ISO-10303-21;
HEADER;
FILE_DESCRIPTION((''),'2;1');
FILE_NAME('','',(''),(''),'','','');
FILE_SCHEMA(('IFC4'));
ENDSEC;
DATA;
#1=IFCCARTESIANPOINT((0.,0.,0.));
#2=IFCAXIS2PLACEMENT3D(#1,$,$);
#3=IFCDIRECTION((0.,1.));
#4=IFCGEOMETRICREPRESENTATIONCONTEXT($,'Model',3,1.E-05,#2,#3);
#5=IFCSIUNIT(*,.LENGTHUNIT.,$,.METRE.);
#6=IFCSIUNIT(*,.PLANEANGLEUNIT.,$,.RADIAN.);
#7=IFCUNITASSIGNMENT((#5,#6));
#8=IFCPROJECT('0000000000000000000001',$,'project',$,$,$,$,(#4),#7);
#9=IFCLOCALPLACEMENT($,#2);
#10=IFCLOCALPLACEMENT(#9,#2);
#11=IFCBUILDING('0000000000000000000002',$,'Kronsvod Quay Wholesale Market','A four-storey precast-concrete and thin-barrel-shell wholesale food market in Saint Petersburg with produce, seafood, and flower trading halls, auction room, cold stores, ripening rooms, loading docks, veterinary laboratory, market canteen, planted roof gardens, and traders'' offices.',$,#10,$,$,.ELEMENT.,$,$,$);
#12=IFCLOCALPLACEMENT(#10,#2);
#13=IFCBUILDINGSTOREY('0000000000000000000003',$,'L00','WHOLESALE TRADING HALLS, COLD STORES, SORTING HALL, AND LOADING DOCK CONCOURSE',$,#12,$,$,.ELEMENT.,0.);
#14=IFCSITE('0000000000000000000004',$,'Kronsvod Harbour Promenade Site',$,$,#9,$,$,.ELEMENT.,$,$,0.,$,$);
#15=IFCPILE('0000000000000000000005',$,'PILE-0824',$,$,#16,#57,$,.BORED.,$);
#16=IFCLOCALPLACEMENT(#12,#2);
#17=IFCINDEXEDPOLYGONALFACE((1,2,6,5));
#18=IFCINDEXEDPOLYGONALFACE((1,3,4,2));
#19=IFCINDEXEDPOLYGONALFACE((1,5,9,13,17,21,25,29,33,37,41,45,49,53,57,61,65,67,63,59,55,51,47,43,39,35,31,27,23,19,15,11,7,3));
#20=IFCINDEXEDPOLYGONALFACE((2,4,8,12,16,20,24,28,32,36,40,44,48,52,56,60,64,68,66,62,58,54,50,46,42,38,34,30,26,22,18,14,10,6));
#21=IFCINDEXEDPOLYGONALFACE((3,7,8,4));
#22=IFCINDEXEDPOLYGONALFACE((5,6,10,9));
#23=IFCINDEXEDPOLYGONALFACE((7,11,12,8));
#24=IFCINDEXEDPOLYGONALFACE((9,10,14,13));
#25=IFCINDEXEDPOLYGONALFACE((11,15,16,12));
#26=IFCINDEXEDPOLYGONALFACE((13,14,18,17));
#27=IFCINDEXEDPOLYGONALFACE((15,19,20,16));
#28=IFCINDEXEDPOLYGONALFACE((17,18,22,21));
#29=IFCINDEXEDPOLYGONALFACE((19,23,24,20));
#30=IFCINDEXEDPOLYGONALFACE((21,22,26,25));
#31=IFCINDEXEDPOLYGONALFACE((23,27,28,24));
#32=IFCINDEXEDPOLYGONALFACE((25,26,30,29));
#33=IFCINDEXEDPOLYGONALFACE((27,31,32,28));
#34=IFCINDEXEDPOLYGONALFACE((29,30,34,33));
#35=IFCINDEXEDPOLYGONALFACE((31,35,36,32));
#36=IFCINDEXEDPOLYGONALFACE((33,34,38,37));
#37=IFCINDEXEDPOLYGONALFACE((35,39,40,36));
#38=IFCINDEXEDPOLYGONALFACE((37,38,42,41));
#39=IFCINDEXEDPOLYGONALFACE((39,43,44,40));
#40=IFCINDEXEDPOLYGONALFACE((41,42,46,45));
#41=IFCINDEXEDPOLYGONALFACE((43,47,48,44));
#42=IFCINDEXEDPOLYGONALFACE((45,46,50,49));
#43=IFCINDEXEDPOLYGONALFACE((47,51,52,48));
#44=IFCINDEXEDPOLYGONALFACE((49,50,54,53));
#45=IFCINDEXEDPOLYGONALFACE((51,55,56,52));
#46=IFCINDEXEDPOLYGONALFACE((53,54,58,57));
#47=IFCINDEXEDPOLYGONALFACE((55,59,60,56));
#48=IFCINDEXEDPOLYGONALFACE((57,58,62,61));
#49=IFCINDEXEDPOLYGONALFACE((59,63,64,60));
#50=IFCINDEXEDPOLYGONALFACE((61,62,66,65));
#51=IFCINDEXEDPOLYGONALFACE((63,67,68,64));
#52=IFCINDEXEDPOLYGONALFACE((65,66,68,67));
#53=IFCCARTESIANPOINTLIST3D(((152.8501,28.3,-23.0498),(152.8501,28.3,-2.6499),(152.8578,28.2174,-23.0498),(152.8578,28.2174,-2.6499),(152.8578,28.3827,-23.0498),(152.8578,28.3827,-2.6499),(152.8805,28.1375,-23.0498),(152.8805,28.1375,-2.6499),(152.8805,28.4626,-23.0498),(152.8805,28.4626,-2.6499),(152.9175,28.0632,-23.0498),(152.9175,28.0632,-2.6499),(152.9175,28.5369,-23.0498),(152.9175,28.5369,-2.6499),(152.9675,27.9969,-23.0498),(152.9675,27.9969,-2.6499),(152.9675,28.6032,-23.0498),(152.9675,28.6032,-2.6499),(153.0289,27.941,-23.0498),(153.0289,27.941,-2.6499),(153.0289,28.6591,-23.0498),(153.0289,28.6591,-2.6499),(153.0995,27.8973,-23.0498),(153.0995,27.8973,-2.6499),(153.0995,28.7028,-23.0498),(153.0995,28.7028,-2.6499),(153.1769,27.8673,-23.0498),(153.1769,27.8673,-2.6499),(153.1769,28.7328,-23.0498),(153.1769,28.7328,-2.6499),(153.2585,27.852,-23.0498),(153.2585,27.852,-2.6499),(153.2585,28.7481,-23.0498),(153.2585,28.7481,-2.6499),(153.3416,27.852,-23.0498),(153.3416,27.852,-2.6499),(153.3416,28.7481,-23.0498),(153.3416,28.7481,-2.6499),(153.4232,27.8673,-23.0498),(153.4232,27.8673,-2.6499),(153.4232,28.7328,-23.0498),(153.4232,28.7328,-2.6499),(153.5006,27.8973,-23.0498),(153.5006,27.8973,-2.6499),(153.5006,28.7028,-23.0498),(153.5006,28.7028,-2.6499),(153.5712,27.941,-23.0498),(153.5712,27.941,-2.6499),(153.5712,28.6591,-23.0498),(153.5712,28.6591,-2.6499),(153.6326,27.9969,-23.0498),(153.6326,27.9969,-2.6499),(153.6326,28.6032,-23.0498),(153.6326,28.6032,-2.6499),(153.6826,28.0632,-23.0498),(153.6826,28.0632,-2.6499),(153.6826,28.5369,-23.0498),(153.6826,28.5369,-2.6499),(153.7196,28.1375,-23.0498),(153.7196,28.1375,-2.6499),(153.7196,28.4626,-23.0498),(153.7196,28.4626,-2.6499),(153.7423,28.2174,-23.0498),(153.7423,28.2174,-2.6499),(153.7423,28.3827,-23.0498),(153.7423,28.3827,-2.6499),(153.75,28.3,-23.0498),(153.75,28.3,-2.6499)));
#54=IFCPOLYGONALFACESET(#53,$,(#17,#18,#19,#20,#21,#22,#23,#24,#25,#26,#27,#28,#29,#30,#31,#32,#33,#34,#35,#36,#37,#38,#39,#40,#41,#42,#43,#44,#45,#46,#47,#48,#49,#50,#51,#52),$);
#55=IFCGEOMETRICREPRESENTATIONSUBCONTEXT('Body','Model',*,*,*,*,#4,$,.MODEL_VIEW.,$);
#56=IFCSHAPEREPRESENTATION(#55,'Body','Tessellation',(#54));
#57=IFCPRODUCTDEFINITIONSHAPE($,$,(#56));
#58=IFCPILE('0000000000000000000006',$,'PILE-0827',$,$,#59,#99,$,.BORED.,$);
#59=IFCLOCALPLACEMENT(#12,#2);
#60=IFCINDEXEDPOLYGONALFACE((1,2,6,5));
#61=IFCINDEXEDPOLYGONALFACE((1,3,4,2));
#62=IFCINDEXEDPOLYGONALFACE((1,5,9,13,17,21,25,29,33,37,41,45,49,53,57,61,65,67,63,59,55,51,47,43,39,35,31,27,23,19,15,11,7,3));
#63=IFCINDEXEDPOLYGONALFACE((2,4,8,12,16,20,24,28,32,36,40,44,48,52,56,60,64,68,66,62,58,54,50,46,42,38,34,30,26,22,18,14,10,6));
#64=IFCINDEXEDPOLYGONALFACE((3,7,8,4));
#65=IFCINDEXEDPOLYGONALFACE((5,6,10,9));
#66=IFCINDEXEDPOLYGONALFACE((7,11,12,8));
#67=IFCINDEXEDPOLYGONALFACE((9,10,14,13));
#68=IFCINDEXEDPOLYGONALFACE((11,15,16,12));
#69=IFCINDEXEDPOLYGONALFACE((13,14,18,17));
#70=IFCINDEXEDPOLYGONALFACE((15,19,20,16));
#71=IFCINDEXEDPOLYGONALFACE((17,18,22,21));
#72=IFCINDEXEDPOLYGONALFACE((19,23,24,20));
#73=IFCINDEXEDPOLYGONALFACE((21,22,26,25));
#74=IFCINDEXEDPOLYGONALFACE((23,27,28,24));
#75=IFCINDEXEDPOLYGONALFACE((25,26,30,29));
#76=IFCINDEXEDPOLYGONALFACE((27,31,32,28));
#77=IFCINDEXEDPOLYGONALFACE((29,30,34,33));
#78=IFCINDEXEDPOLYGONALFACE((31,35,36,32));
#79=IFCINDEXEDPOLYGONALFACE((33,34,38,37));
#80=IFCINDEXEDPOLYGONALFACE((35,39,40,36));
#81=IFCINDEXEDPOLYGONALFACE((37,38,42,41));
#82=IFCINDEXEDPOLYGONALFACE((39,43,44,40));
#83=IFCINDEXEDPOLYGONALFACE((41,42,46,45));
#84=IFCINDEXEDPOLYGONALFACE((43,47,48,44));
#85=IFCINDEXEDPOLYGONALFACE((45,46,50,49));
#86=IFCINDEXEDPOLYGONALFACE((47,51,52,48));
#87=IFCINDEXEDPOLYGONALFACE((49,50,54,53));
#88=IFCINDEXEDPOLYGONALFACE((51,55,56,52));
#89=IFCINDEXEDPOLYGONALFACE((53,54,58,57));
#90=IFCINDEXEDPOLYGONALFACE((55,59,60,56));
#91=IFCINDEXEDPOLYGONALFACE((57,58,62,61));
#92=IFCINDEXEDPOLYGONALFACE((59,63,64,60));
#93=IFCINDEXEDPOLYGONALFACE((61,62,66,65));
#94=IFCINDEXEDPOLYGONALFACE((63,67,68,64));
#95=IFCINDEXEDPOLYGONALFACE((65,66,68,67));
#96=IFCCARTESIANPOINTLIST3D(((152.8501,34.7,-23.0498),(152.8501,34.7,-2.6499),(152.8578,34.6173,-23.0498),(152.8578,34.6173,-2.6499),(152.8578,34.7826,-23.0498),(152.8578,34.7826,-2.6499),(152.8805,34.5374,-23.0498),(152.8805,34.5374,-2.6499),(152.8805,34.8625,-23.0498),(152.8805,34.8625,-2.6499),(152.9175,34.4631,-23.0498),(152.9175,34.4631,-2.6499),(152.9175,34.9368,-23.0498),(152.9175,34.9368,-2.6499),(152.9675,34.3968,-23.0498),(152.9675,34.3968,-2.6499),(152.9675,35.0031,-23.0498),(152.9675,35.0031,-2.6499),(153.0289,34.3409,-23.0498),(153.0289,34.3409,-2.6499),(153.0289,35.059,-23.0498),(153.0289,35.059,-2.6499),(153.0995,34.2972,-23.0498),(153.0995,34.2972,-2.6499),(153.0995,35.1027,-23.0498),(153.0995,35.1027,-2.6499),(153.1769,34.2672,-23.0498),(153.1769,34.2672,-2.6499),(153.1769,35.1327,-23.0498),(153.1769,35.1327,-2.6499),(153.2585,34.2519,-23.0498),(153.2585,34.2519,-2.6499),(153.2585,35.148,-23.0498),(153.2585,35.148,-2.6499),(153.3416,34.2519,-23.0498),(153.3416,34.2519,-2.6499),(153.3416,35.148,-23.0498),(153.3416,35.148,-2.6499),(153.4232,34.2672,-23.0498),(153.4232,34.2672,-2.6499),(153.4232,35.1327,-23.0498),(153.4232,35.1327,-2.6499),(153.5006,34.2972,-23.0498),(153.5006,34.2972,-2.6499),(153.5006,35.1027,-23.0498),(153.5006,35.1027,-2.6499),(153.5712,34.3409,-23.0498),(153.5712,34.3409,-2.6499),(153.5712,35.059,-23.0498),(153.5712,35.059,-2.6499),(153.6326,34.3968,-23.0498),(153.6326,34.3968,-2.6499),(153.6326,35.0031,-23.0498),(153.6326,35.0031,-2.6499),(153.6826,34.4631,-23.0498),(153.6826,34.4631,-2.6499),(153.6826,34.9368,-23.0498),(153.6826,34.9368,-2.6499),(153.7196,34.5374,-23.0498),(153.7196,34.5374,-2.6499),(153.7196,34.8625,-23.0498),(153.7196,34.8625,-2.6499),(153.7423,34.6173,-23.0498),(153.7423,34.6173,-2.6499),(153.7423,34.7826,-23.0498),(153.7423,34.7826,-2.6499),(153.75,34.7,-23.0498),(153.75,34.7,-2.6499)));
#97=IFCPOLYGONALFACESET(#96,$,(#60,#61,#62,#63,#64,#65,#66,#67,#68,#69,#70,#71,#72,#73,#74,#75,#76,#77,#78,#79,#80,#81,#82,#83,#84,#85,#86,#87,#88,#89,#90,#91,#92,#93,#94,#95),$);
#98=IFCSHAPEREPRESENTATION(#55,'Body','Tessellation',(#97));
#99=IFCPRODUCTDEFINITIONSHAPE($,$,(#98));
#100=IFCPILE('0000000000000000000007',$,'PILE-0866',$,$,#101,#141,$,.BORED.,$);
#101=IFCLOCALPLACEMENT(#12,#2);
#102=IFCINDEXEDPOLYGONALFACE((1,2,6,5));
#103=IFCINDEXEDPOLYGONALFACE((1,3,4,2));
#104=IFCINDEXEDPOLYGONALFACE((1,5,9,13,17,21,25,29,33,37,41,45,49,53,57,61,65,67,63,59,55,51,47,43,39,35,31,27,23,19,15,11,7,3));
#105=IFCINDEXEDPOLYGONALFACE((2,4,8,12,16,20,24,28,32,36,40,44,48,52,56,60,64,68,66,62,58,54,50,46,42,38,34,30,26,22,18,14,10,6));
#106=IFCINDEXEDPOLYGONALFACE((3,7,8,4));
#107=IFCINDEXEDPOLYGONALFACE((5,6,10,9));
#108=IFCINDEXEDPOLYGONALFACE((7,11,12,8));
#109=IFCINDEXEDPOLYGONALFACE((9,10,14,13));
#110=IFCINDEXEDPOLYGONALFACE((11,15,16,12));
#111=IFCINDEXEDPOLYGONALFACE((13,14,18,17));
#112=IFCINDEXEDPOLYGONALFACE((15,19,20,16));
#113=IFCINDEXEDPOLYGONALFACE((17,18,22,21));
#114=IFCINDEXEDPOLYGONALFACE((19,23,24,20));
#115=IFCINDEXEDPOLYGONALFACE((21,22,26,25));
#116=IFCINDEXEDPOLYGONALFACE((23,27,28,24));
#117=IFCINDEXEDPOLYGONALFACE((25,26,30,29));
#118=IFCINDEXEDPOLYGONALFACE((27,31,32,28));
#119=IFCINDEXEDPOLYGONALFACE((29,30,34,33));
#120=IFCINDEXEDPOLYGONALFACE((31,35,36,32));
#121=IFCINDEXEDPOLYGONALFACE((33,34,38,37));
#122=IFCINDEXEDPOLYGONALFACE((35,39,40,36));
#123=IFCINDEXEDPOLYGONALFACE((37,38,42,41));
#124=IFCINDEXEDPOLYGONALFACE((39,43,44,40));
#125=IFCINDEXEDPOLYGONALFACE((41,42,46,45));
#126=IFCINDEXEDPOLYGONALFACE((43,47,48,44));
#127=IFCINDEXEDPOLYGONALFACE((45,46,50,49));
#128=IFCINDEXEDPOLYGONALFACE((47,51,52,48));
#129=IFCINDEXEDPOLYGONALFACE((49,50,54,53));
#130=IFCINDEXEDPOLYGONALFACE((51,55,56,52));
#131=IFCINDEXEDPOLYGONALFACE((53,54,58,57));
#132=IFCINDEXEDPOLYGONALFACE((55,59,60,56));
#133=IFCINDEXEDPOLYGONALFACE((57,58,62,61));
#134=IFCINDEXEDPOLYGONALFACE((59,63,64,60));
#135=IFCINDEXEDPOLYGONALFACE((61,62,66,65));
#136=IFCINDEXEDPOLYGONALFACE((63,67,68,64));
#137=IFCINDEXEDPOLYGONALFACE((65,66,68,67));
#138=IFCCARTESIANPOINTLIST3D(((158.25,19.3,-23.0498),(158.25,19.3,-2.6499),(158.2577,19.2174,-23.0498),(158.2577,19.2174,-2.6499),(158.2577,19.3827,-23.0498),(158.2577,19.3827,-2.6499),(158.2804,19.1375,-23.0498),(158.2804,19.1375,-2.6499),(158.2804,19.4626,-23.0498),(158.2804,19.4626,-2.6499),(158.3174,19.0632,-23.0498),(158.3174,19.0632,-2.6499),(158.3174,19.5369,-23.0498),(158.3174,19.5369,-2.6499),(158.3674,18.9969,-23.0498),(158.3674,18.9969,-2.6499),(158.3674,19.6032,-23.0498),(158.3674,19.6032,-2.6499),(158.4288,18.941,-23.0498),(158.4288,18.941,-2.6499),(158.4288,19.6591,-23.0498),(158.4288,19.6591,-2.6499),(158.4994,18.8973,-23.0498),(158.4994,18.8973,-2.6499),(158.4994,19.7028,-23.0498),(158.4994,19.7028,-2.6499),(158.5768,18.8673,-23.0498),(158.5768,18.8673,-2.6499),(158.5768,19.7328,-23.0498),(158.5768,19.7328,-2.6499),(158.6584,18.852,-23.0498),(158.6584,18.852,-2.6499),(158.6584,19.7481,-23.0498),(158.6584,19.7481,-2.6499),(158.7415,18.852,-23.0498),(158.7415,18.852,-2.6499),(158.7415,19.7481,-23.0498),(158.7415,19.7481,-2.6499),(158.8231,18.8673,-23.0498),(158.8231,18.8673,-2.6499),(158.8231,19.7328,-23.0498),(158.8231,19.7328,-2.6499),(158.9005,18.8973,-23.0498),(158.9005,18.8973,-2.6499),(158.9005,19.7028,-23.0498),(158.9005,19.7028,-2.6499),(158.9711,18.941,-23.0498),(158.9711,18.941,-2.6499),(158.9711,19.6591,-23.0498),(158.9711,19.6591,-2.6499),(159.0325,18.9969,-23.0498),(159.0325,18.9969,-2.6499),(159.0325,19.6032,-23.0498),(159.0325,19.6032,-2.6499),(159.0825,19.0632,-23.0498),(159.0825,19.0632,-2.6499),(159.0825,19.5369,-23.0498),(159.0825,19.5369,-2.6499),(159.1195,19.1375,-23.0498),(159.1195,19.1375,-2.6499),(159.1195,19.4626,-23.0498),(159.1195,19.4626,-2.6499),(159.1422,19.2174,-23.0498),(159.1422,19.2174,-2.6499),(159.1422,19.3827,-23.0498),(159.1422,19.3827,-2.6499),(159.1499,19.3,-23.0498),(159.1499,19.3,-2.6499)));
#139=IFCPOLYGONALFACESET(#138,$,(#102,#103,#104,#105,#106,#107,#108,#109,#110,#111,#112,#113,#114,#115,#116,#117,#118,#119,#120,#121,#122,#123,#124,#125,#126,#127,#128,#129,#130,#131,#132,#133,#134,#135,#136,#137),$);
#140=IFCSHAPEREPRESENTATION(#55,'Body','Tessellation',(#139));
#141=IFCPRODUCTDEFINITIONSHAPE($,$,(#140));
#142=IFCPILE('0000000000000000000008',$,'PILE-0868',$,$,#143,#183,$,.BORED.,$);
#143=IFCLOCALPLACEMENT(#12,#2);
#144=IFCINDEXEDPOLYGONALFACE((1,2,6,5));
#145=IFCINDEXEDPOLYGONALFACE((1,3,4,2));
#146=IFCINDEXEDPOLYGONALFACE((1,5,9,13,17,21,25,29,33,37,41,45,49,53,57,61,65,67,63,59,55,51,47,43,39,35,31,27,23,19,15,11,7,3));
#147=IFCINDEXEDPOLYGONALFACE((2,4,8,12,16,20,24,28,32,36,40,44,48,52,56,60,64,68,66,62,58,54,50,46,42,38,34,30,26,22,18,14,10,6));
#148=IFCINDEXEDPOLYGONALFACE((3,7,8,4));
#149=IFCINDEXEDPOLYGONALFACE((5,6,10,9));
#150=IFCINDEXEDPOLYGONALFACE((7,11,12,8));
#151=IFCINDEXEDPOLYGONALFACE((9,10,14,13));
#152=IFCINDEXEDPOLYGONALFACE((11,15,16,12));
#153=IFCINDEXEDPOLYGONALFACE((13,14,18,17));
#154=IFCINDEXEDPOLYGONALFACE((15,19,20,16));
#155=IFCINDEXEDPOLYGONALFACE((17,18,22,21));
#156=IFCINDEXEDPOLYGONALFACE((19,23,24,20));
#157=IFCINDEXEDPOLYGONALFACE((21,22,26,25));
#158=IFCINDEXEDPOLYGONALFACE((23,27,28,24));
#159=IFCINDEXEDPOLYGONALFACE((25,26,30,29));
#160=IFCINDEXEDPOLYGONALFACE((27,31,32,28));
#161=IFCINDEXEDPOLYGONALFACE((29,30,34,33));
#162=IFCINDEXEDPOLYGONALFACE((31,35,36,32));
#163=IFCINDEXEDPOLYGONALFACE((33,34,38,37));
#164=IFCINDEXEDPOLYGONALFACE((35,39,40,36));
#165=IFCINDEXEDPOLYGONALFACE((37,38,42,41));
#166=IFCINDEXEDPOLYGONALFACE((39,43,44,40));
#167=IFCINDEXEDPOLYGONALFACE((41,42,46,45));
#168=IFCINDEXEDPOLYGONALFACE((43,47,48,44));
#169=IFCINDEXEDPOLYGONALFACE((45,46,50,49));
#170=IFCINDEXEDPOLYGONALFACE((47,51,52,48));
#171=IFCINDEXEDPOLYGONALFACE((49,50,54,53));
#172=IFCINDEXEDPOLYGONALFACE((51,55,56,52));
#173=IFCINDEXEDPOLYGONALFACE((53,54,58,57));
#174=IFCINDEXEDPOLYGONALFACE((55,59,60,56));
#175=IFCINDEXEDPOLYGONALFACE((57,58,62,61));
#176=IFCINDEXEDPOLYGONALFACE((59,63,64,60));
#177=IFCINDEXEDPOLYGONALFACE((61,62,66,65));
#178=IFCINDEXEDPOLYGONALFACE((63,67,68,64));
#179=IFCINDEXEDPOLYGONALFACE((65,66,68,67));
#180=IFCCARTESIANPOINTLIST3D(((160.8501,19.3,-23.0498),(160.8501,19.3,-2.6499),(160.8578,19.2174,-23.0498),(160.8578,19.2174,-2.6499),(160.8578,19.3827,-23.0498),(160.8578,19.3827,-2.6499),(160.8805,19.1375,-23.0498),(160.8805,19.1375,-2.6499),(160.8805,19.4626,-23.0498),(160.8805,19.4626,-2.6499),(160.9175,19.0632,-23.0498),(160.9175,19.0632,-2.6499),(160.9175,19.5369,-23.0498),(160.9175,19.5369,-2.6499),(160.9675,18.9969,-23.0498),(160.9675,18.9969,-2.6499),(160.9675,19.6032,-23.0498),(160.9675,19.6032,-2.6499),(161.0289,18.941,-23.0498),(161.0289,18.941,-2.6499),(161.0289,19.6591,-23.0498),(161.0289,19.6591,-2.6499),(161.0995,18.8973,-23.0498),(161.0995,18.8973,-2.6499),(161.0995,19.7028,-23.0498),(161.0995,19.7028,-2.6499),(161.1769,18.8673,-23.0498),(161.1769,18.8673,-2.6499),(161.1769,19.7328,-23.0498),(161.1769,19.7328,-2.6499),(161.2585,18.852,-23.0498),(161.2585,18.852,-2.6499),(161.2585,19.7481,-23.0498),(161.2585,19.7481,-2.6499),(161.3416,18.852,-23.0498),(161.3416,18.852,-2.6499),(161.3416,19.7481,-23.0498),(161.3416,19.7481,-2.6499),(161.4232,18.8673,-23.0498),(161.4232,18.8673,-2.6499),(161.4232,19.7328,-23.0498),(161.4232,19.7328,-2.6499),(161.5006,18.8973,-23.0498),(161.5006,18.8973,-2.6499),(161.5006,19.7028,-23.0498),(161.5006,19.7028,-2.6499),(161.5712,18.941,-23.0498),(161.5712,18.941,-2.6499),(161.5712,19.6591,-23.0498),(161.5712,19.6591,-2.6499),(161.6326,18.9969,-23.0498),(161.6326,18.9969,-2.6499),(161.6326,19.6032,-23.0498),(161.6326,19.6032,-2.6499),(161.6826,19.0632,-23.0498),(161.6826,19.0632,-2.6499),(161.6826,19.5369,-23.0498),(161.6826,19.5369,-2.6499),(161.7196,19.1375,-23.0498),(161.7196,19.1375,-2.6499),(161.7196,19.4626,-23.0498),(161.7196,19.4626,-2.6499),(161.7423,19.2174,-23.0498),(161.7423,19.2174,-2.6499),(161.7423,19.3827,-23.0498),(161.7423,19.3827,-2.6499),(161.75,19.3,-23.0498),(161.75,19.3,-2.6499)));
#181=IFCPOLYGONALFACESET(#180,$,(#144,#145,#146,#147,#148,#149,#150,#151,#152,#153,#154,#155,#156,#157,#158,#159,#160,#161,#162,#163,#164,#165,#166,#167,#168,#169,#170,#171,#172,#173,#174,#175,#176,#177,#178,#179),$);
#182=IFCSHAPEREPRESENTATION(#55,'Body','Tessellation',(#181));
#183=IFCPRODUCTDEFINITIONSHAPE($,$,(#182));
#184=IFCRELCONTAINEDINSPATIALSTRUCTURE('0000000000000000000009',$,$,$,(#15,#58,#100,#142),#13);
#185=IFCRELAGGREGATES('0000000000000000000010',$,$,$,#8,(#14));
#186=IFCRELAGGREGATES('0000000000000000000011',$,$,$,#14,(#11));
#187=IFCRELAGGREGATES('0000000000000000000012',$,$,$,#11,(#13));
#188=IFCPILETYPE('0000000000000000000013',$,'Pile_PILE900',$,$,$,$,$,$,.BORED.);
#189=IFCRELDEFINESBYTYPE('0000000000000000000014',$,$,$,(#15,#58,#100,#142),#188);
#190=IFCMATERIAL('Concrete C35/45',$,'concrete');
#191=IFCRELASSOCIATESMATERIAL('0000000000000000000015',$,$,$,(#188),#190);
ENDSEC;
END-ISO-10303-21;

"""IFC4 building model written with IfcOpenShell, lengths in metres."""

from ifc_helpers import new_model, si_unit, direction, frame, origin, origin_2d, place, context, subcontext, project, spatial, circle, extrude, material, material_profile, profile_set, type_object, element, save


model = new_model("IFC4")

# Units and contexts
model_context = context("Model", 3, precision=1e-05, world=origin(), true_north=direction((0.0, 1.0)))
body_context = subcontext(model_context, "Body", "Model", "MODEL_VIEW")
ifc_project = project(units=[si_unit("LENGTHUNIT", "METRE"), si_unit("PLANEANGLEUNIT", "RADIAN")], contexts=[model_context])

# Site, building, storey
site_placement = place(None, origin())
site = spatial("IfcSite", under=ifc_project, at=site_placement, Name="Kronsvod Harbour Promenade Site", CompositionType="ELEMENT", RefElevation=0.0)
building_placement = place(site_placement, origin())
building = spatial("IfcBuilding", under=site, at=building_placement, Name="Kronsvod Quay Wholesale Market", Description="A four-storey precast-concrete and thin-barrel-shell wholesale food market in Saint Petersburg with produce, seafood, and flower trading halls, auction room, cold stores, ripening rooms, loading docks, veterinary laboratory, market canteen, planted roof gardens, and traders' offices.", CompositionType="ELEMENT")
storey_placement = place(building_placement, origin())
storey = spatial("IfcBuildingStorey", under=building, at=storey_placement, Name="L00", Description="WHOLESALE TRADING HALLS, COLD STORES, SORTING HALL, AND LOADING DOCK CONCOURSE", CompositionType="ELEMENT", Elevation=0.0)

# Piles
ifc_material_1 = material(Name="Concrete C35/45", Category="concrete")
ifc_material_profile_1 = material_profile(ifc_material_1, circle(Radius=0.45, at=origin_2d()), Name="PILE900")
ifc_profile_set_1 = profile_set([ifc_material_profile_1], Name="Concrete C35/45")
pile_type = type_object("IfcPileType", Name="Pile_PILE900", PredefinedType="BORED", material=ifc_profile_set_1)
for number, where, z_axis, x_axis, name in (
    (1, (153.3, 28.3, -2.6499), (0.0, 0.0, -1.0), (1.0, 0.0, 0.0), "PILE-0824"),
    (2, (153.3, 34.7, -2.6499), (0.0, 0.0, -1.0), (1.0, 0.0, 0.0), "PILE-0827"),
    (3, (158.7, 19.3, -2.6499), (0.0, 0.0, -1.0), (1.0, 0.0, 0.0), "PILE-0866"),
    (4, (161.3, 19.3, -2.6499), (0.0, 0.0, -1.0), (1.0, 0.0, 0.0), "PILE-0868"),
):
    element("IfcPile", number, at=place(storey_placement, frame(where, z_axis=z_axis, x_axis=x_axis)), inside=storey, type_object=pile_type, Name=name, PredefinedType="BORED", context=body_context, shape_type="SweptSolid", body=[
        extrude(circle(Radius=0.45, at=origin_2d()), origin(), (0.0, 0.0, 1.0), 20.3999),
    ])

save(model, "model.ifc")
